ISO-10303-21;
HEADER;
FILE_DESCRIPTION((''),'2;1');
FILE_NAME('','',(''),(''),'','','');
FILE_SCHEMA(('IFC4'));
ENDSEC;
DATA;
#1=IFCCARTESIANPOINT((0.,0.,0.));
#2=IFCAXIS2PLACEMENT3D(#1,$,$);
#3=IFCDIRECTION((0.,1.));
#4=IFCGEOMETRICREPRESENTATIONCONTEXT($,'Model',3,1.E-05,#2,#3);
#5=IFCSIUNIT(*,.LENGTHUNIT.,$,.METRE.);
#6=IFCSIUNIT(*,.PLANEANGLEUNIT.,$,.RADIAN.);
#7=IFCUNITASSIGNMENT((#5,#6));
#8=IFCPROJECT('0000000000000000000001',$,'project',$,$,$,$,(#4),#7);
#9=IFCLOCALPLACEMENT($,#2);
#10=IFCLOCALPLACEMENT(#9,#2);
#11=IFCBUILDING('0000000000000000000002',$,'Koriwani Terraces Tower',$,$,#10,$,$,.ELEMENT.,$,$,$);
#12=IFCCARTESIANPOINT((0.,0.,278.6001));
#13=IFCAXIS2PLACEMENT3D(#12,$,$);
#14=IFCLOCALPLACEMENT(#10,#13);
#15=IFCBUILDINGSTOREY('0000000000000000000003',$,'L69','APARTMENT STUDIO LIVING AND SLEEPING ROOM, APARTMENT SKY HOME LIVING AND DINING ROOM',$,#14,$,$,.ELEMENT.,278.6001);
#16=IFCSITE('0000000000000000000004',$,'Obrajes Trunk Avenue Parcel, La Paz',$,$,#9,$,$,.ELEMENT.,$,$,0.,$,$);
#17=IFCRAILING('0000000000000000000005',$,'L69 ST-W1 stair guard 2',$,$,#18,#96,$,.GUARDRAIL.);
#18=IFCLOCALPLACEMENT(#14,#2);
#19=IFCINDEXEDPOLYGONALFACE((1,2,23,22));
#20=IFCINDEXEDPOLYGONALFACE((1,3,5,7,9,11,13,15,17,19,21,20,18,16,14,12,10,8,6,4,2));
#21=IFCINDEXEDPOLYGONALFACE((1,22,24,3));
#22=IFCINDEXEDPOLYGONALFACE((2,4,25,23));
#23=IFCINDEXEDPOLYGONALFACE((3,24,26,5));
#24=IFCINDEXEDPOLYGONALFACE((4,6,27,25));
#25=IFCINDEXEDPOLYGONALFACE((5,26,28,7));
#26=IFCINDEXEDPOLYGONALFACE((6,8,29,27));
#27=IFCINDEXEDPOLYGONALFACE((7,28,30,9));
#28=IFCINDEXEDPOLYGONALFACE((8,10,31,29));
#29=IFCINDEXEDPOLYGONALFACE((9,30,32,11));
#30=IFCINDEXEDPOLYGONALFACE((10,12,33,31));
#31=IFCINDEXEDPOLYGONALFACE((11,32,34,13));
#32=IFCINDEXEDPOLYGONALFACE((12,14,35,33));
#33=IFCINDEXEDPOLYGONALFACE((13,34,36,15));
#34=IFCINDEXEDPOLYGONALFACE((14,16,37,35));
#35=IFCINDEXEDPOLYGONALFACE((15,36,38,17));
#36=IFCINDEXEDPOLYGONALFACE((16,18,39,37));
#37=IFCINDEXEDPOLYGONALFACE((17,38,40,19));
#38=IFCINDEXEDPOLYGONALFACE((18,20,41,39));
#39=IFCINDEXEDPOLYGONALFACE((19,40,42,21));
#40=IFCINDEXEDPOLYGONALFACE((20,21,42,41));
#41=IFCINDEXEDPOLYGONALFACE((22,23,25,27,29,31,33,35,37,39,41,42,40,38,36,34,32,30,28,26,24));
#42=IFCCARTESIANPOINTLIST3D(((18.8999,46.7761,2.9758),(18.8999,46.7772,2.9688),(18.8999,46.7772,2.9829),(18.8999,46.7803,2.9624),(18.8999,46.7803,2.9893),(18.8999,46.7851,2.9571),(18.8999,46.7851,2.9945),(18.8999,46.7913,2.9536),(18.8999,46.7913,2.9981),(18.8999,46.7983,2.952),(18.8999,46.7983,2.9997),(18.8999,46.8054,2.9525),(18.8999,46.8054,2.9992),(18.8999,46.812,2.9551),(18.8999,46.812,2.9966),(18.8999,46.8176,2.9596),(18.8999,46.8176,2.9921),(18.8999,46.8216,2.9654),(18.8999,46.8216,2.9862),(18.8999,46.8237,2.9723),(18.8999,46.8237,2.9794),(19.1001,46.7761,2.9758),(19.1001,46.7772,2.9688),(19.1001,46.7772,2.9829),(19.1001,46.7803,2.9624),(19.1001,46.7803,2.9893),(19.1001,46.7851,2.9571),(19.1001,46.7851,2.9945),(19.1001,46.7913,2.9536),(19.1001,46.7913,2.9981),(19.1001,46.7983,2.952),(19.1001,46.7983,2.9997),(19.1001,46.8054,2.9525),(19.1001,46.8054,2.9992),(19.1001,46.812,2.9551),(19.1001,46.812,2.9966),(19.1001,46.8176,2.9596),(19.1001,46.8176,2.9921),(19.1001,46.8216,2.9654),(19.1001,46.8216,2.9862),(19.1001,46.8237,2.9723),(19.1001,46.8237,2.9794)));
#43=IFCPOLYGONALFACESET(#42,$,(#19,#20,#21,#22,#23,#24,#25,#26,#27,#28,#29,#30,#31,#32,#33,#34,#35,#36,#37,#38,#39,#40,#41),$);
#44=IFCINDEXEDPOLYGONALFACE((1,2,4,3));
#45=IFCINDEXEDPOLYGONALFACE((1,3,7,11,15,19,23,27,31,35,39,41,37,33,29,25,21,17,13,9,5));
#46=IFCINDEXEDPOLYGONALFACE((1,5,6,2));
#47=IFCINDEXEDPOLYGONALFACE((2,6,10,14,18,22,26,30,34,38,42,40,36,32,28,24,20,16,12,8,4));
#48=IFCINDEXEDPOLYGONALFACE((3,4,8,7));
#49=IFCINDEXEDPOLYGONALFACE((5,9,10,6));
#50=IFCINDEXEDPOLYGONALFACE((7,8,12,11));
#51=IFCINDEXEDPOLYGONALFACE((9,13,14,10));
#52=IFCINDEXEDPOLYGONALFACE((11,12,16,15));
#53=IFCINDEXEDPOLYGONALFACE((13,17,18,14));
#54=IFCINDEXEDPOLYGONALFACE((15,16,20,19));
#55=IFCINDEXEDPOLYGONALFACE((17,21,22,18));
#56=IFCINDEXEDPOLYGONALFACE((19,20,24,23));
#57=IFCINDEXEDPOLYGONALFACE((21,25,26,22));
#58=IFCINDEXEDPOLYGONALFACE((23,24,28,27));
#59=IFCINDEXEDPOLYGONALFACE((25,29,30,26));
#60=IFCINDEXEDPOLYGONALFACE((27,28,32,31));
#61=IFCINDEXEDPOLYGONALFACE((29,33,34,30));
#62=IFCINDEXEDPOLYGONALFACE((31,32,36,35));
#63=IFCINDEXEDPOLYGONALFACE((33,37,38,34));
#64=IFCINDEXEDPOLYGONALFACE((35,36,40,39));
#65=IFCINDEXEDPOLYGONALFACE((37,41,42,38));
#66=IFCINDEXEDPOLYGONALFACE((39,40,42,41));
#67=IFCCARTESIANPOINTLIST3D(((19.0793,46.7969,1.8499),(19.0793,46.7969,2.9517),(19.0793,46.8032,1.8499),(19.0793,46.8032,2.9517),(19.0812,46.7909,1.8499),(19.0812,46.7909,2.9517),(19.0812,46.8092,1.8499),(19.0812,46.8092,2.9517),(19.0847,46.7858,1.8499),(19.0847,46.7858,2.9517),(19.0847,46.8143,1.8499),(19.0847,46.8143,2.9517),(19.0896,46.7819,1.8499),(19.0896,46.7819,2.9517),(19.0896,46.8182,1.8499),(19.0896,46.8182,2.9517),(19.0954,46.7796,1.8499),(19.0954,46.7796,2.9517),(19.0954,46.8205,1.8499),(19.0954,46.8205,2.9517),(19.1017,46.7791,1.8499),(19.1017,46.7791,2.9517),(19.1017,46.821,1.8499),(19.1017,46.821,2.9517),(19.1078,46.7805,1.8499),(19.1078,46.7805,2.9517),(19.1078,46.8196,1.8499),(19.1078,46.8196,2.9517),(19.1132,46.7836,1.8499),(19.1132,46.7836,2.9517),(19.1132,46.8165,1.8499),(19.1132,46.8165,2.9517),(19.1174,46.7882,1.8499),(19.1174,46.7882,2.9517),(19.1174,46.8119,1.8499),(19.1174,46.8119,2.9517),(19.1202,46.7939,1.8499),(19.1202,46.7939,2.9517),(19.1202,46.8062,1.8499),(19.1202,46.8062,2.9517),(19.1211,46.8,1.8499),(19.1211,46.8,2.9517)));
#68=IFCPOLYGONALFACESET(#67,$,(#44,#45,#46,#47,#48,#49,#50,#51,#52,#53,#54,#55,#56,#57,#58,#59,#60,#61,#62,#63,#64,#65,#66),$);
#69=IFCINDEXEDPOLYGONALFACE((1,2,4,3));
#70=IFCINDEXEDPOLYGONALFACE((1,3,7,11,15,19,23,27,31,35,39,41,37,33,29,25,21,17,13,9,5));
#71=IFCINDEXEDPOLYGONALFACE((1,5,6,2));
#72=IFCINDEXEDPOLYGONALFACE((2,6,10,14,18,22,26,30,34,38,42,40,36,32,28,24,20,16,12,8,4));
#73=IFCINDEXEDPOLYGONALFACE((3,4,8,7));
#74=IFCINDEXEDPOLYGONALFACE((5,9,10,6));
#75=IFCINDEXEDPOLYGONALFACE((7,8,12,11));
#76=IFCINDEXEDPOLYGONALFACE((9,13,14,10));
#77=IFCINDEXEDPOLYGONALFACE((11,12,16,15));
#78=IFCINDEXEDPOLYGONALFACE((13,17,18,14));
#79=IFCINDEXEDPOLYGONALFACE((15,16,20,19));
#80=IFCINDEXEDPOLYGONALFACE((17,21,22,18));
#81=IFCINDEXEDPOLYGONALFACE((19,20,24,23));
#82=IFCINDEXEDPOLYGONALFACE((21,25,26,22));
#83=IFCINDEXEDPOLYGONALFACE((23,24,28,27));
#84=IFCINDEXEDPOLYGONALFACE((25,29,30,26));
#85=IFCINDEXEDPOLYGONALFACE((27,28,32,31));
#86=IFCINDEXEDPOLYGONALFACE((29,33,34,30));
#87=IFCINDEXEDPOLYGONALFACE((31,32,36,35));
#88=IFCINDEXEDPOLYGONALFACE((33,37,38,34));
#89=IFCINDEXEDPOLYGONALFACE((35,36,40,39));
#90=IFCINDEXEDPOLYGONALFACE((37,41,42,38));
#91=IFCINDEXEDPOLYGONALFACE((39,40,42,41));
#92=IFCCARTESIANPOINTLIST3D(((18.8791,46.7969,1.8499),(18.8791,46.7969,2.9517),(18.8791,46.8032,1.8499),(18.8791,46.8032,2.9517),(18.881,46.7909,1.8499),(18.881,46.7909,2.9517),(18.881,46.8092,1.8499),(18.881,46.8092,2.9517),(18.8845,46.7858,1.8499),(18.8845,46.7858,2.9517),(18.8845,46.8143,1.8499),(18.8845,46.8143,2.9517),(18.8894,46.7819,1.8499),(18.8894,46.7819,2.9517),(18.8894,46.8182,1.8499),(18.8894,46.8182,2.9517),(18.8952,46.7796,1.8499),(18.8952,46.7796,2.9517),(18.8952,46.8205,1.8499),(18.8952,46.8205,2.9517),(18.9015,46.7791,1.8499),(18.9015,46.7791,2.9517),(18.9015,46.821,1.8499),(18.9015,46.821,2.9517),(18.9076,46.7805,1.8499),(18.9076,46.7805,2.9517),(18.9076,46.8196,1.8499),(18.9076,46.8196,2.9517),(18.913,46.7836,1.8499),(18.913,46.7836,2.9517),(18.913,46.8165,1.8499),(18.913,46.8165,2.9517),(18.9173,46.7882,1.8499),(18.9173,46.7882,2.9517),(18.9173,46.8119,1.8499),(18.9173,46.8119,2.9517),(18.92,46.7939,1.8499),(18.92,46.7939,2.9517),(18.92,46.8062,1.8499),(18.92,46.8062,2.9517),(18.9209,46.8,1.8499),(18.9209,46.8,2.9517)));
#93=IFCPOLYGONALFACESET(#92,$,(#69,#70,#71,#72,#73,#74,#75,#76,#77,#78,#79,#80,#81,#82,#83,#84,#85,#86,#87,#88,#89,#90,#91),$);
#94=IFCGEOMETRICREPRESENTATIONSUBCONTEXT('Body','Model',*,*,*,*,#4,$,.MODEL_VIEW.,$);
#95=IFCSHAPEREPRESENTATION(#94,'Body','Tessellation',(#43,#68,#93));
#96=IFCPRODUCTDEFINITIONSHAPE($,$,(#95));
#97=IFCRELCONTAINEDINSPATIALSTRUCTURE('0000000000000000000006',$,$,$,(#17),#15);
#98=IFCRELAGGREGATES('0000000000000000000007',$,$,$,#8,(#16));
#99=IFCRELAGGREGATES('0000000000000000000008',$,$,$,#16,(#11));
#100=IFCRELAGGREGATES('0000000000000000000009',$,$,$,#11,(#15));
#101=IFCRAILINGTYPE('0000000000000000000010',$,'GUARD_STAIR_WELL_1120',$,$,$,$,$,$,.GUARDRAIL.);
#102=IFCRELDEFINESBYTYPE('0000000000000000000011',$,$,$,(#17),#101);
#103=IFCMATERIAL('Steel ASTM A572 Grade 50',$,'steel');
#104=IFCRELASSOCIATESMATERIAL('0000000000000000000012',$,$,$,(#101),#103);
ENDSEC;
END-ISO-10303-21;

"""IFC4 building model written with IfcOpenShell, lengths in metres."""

from ifc_helpers import new_model, si_unit, direction, frame, origin, origin_2d, place, context, subcontext, project, spatial, circle, extrude, material, type_object, element, save


model = new_model("IFC4")

# Units and contexts
model_context = context("Model", 3, precision=1e-05, world=origin(), true_north=direction((0.0, 1.0)))
body_context = subcontext(model_context, "Body", "Model", "MODEL_VIEW")
ifc_project = project(units=[si_unit("LENGTHUNIT", "METRE"), si_unit("PLANEANGLEUNIT", "RADIAN")], contexts=[model_context])

# Site, building, storey
site_placement = place(None, origin())
site = spatial("IfcSite", under=ifc_project, at=site_placement, Name="Obrajes Trunk Avenue Parcel, La Paz", CompositionType="ELEMENT", RefElevation=0.0)
building_placement = place(site_placement, origin())
building = spatial("IfcBuilding", under=site, at=building_placement, Name="Koriwani Terraces Tower", CompositionType="ELEMENT")
storey_placement = place(building_placement, frame((0.0, 0.0, 278.6001)))
storey = spatial("IfcBuildingStorey", under=building, at=storey_placement, Name="L69", Description="APARTMENT STUDIO LIVING AND SLEEPING ROOM, APARTMENT SKY HOME LIVING AND DINING ROOM", CompositionType="ELEMENT", Elevation=278.6001)

# Shared definitions
ifc_material_1 = material(Name="Steel ASTM A572 Grade 50", Category="steel")

# Railing
railing_type_1 = type_object("IfcRailingType", Name="GUARD_STAIR_WELL_1120", PredefinedType="GUARDRAIL", material=ifc_material_1)
railing_1_placement = place(storey_placement, frame((19.1001, 46.8, 1.8499)))
element("IfcRailing", 1, at=railing_1_placement, inside=storey, type_object=railing_type_1, Name="L69 ST-W1 stair guard 2", PredefinedType="GUARDRAIL", context=body_context, shape_type="SweptSolid", body=[
    extrude(circle(Radius=0.0239, at=origin_2d()), frame((0.0, 0.0, 1.126), z_axis=(-1.0, 0.0, 0.0), x_axis=(0.0, -1.0, 0.0)), (0.0, 0.0, 1.0), 0.2002),
    extrude(circle(Radius=0.021, at=origin_2d()), origin(), (0.0, 0.0, 1.0), 1.1018),
    extrude(circle(Radius=0.021, at=origin_2d()), frame((-0.2002, 0.0, 0.0)), (0.0, 0.0, 1.0), 1.1018),
])

save(model, "model.ifc")
